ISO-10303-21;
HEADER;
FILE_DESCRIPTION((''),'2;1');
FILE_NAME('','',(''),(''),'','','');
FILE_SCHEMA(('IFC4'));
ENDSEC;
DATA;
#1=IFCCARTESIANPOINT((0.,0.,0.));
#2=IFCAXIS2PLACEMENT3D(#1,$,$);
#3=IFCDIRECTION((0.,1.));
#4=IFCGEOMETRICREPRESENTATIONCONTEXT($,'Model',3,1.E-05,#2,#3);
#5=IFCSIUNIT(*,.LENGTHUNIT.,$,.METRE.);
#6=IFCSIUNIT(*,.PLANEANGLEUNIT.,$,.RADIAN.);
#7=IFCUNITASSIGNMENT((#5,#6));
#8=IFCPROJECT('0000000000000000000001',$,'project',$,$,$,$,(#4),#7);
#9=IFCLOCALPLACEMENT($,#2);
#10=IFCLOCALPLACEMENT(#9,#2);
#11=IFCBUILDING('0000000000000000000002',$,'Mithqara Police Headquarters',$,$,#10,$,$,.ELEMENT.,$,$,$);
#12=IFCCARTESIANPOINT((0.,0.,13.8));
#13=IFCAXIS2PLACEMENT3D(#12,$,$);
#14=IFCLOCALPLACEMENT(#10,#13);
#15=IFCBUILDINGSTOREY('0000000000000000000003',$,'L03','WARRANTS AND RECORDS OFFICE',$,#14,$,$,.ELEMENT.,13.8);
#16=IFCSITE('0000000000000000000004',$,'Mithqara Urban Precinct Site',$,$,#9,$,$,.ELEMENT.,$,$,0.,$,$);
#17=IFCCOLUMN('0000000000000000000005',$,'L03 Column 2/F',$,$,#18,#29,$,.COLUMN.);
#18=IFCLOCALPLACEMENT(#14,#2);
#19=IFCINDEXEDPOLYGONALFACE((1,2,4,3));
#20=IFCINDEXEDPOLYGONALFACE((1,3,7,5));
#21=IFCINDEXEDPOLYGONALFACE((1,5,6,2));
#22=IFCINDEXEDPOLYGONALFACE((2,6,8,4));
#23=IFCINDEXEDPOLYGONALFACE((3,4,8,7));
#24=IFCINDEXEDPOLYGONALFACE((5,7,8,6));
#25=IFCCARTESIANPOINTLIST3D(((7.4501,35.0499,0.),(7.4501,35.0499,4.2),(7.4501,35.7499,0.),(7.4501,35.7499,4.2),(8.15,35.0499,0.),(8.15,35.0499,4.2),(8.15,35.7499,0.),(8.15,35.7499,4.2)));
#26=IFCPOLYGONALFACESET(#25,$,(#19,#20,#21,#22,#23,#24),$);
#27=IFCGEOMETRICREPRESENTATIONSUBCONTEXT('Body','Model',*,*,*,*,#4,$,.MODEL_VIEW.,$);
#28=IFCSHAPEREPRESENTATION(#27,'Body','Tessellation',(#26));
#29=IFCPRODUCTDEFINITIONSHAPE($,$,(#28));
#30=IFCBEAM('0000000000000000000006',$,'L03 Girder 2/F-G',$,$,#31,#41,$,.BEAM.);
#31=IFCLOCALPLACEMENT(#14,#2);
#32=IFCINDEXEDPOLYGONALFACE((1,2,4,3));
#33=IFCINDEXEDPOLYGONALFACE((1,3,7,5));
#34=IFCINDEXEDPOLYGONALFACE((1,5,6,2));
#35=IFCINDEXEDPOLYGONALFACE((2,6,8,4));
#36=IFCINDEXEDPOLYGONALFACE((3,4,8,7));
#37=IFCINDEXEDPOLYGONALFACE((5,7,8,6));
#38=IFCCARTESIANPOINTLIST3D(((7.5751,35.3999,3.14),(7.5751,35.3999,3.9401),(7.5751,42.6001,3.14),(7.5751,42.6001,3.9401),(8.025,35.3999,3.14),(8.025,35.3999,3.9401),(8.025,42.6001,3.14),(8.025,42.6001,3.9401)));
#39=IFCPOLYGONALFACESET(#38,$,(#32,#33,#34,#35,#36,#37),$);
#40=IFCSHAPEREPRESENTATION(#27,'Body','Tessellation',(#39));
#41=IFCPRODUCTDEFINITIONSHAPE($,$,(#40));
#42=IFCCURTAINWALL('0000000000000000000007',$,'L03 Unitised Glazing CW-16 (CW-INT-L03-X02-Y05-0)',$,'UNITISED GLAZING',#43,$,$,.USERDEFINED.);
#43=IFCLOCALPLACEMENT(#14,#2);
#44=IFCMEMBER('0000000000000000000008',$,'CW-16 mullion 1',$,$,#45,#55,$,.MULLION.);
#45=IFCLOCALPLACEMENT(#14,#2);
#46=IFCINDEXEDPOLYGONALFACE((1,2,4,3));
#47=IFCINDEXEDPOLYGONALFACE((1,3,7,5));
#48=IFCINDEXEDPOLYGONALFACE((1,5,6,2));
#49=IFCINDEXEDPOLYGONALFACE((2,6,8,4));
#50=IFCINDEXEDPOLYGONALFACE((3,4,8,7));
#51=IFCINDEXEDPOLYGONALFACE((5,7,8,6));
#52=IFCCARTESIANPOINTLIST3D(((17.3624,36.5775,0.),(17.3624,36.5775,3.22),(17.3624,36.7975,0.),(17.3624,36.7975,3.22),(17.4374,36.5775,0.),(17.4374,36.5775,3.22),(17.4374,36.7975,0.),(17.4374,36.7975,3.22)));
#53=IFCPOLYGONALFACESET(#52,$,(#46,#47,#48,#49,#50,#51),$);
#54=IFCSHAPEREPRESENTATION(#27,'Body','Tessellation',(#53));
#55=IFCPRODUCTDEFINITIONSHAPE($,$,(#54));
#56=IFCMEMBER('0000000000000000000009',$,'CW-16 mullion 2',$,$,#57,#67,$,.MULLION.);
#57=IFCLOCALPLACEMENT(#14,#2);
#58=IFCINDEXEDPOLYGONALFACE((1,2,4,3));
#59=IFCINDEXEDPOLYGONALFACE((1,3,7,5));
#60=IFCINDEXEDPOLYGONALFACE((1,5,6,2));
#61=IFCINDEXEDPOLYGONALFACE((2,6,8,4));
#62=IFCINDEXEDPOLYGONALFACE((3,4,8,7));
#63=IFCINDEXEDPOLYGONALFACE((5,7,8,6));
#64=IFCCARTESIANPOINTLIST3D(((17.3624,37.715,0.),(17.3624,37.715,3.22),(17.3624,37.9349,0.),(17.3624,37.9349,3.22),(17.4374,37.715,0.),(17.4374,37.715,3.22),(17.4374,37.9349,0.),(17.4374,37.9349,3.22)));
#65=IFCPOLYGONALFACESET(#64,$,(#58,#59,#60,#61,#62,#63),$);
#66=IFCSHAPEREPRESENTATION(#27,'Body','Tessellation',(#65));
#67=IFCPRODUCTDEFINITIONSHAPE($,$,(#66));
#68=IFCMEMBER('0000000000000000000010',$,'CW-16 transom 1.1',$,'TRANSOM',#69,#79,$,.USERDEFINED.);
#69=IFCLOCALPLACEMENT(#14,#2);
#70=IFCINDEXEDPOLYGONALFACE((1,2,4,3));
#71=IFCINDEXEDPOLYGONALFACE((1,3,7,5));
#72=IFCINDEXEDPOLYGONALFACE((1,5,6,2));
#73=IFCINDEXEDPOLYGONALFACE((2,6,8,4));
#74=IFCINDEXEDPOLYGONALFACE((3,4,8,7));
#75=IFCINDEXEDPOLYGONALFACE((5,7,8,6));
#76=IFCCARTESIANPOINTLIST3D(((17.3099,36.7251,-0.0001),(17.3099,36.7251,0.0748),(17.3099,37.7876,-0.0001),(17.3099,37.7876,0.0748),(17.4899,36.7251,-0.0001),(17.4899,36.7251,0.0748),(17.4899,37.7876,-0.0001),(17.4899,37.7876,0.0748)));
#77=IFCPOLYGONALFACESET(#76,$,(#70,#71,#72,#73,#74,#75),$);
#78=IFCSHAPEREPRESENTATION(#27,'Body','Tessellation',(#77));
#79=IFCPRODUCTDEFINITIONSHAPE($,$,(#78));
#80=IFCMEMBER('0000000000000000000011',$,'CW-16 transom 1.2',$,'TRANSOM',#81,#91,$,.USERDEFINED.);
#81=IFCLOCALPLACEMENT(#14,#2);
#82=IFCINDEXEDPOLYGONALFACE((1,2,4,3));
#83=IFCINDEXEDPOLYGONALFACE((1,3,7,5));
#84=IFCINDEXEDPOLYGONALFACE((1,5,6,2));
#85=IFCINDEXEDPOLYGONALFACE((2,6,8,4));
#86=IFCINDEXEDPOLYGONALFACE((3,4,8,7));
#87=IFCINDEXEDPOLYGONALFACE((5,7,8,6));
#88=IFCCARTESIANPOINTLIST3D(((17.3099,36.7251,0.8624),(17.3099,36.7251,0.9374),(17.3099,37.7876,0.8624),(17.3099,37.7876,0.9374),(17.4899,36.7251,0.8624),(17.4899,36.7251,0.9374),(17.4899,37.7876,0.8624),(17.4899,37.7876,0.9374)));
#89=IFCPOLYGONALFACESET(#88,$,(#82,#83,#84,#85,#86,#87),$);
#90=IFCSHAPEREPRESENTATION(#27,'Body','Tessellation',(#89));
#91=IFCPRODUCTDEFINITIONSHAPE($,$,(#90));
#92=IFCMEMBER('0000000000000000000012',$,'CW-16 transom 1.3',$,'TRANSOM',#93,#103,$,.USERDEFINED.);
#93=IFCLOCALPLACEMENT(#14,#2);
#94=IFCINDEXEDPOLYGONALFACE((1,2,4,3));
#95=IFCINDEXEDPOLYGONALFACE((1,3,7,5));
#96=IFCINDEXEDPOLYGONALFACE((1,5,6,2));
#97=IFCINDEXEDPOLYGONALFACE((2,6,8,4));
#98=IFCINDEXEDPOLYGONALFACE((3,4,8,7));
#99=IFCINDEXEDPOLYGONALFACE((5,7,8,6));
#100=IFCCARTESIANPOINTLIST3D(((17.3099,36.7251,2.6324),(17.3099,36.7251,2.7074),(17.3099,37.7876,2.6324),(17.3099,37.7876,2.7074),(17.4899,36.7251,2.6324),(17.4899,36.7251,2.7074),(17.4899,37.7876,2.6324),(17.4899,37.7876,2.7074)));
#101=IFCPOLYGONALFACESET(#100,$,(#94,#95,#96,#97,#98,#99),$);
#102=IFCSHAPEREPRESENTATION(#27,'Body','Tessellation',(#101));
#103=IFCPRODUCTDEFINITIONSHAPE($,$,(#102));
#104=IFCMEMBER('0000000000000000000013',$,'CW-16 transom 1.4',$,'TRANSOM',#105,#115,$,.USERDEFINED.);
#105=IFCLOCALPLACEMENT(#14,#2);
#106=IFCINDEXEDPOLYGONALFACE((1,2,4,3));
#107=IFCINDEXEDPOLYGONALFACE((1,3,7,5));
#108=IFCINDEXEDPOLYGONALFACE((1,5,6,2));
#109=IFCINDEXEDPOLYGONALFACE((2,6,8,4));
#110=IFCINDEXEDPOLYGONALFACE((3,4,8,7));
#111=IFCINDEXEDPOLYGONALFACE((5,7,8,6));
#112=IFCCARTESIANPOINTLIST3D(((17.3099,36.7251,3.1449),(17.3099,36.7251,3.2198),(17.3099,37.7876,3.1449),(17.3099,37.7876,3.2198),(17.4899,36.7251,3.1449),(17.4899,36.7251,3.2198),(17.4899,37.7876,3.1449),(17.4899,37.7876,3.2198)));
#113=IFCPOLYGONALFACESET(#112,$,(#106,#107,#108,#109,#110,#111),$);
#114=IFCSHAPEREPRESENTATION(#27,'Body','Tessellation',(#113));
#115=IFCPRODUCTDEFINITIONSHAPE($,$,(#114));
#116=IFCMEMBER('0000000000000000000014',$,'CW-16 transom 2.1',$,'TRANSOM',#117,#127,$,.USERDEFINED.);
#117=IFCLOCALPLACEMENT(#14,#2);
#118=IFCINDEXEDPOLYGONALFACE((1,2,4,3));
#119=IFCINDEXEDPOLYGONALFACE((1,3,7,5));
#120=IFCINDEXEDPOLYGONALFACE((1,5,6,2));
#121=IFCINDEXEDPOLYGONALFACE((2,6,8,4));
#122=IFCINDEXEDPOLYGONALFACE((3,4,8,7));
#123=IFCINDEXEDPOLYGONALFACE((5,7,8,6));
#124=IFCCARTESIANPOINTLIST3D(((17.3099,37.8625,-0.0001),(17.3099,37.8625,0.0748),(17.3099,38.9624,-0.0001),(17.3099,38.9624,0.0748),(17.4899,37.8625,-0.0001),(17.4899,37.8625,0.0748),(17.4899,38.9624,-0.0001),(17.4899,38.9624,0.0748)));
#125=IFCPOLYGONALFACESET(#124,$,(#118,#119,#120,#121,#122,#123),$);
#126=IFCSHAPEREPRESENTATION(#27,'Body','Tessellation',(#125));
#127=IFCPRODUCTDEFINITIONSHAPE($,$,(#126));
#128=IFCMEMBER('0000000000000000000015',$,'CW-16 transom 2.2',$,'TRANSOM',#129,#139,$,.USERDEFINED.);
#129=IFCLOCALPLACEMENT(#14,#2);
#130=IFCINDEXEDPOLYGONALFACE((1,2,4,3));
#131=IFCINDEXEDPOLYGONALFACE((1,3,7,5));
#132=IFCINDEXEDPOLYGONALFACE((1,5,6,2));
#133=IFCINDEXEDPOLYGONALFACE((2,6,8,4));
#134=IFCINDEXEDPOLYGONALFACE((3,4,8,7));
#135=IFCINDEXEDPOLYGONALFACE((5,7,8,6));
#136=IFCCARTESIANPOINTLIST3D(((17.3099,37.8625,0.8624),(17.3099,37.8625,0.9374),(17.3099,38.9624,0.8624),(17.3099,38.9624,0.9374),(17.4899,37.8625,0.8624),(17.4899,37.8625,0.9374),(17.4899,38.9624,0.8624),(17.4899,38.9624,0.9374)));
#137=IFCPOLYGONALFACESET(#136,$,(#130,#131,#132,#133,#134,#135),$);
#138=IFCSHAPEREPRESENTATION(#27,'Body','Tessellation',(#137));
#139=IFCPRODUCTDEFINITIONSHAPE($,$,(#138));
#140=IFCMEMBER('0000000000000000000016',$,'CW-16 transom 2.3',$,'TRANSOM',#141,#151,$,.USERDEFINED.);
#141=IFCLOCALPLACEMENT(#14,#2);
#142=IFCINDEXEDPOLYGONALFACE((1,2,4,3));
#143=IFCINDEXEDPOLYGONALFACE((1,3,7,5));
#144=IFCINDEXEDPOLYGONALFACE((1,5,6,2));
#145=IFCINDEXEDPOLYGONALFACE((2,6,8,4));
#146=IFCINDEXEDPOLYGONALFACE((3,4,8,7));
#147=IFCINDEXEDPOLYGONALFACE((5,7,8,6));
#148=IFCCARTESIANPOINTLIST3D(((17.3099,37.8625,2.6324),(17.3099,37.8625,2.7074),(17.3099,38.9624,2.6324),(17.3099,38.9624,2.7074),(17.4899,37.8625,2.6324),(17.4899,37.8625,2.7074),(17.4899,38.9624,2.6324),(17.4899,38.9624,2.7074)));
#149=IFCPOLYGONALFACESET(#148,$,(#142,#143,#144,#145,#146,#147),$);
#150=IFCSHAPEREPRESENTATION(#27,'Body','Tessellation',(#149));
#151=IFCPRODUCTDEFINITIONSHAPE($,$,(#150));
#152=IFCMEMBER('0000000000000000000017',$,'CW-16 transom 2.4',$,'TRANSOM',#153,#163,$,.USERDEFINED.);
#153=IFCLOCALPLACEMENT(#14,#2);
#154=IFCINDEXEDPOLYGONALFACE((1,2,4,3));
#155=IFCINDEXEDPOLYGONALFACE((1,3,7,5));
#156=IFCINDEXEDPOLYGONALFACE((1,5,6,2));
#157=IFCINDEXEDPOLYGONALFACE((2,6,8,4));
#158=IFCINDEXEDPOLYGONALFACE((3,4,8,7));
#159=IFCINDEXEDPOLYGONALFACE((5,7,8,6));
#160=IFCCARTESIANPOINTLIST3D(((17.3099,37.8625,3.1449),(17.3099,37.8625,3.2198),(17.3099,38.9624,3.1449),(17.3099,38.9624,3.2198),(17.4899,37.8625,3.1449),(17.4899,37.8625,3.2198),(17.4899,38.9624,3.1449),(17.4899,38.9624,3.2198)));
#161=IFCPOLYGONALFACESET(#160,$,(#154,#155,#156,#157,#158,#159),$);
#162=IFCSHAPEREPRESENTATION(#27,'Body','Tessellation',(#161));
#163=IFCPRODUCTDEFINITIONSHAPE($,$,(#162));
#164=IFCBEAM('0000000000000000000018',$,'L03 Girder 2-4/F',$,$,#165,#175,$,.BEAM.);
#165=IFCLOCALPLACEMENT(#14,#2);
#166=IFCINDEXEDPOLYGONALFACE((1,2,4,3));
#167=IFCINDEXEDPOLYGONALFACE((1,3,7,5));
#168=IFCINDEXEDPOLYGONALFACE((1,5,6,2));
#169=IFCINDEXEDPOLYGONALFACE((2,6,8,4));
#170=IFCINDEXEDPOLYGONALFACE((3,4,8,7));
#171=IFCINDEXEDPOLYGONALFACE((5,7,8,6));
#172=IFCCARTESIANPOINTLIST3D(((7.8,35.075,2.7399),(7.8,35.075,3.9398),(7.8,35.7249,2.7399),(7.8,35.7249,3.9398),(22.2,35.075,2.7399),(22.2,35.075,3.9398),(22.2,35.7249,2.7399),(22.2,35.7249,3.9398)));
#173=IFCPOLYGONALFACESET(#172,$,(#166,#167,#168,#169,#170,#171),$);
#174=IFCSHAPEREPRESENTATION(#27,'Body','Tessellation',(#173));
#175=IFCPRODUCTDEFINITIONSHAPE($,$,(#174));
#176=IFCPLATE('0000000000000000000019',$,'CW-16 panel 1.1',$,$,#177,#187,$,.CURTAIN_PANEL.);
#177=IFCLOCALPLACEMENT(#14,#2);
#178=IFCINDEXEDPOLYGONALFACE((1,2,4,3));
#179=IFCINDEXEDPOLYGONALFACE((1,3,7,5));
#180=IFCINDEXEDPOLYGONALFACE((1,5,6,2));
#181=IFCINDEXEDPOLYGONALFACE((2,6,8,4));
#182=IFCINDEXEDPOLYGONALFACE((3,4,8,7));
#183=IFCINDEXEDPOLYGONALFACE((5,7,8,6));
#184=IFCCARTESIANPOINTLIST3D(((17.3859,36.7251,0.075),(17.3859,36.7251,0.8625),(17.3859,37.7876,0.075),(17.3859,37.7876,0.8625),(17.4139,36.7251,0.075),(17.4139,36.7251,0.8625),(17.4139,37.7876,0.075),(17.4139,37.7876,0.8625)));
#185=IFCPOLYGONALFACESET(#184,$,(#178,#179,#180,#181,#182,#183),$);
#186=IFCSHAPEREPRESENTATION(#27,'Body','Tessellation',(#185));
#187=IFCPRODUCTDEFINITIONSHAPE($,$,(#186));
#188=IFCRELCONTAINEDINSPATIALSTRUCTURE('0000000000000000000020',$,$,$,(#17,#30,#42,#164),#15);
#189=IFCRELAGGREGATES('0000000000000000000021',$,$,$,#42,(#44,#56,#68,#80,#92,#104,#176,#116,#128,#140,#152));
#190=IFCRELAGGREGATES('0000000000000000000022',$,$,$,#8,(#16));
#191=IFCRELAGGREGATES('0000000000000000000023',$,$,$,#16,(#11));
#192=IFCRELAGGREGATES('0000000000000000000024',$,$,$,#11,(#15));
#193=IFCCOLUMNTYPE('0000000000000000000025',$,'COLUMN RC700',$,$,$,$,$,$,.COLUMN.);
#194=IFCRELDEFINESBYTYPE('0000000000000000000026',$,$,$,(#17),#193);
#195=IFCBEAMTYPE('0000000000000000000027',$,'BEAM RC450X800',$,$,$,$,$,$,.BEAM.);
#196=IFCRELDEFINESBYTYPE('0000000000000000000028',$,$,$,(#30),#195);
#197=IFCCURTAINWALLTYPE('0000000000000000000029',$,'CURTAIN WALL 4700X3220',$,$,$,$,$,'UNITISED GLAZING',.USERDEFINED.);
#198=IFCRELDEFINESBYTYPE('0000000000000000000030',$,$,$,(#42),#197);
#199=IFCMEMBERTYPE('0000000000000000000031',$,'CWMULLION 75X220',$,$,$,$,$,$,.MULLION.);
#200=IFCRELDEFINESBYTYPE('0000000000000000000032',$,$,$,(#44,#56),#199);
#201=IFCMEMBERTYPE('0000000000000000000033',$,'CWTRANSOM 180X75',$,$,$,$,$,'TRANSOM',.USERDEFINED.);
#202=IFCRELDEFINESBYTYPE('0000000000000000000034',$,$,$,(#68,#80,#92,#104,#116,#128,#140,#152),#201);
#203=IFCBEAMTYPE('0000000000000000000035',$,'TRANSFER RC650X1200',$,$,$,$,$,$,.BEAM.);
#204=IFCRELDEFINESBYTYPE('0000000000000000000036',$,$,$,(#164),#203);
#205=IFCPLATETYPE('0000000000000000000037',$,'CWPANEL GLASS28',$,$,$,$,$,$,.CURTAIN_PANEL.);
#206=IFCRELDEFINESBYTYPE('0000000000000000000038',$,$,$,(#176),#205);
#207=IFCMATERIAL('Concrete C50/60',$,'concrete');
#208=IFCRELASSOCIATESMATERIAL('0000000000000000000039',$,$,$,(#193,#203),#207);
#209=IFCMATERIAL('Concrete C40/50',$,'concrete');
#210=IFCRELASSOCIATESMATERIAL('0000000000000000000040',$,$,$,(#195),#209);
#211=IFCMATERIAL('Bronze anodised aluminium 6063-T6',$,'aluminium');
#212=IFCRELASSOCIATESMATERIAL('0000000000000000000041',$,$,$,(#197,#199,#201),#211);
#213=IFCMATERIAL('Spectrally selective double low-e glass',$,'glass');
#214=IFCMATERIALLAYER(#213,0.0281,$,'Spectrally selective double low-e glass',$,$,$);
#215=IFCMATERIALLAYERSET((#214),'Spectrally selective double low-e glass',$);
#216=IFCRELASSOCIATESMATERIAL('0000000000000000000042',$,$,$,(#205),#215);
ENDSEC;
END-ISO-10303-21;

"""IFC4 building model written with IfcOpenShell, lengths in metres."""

from ifc_helpers import new_model, si_unit, direction, frame, origin, origin_2d, place, context, subcontext, project, spatial, rectangle, extrude, material, layer, layer_set, material_profile, profile_set, type_object, element, aggregate, save


model = new_model("IFC4")

# Units and contexts
model_context = context("Model", 3, precision=1e-05, world=origin(), true_north=direction((0.0, 1.0)))
body_context = subcontext(model_context, "Body", "Model", "MODEL_VIEW")
ifc_project = project(units=[si_unit("LENGTHUNIT", "METRE"), si_unit("PLANEANGLEUNIT", "RADIAN")], contexts=[model_context])

# Site, building, storey
site_placement = place(None, origin())
site = spatial("IfcSite", under=ifc_project, at=site_placement, Name="Mithqara Urban Precinct Site", CompositionType="ELEMENT", RefElevation=0.0)
building_placement = place(site_placement, origin())
building = spatial("IfcBuilding", under=site, at=building_placement, Name="Mithqara Police Headquarters", CompositionType="ELEMENT")
storey_placement = place(building_placement, frame((0.0, 0.0, 13.8)))
storey = spatial("IfcBuildingStorey", under=building, at=storey_placement, Name="L03", Description="WARRANTS AND RECORDS OFFICE", CompositionType="ELEMENT", Elevation=13.8)

# Column
ifc_material_1 = material(Name="Concrete C50/60", Category="concrete")
ifc_material_profile_1 = material_profile(ifc_material_1, rectangle(XDim=0.7, YDim=0.7, at=origin_2d()), Name="RC 700x700")
ifc_profile_set_1 = profile_set([ifc_material_profile_1], Name="Concrete C50/60")
column_type = type_object("IfcColumnType", Name="COLUMN RC700", PredefinedType="COLUMN", material=ifc_profile_set_1)
column_placement = place(storey_placement, frame((7.8, 35.3999, 0.0), z_axis=(0.0, 0.0, 1.0), x_axis=(1.0, 0.0, 0.0)))
element("IfcColumn", 1, at=column_placement, inside=storey, type_object=column_type, Name="L03 Column 2/F", PredefinedType="COLUMN", context=body_context, shape_type="SweptSolid", body=[
    extrude(rectangle(XDim=0.7, YDim=0.7, at=origin_2d()), origin(), (0.0, 0.0, 1.0), 4.2),
])

# Beam
ifc_material_2 = material(Name="Concrete C40/50", Category="concrete")
ifc_material_profile_2 = material_profile(ifc_material_2, rectangle(XDim=0.45, YDim=0.8, at=origin_2d()), Name="RC 450x800")
ifc_profile_set_2 = profile_set([ifc_material_profile_2], Name="Concrete C40/50")
beam_type_1 = type_object("IfcBeamType", Name="BEAM RC450X800", PredefinedType="BEAM", material=ifc_profile_set_2)
beam_1_placement = place(storey_placement, frame((7.8, 35.3999, 3.54), z_axis=(0.0, 1.0, 0.0), x_axis=(-1.0, 0.0, 0.0)))
element("IfcBeam", 2, at=beam_1_placement, inside=storey, type_object=beam_type_1, Name="L03 Girder 2/F-G", PredefinedType="BEAM", context=body_context, shape_type="SweptSolid", body=[
    extrude(rectangle(XDim=0.45, YDim=0.8, at=origin_2d()), origin(), (0.0, 0.0, 1.0), 7.2002),
])

# Curtain wall, members
ifc_material_3 = material(Name="Bronze anodised aluminium 6063-T6", Category="aluminium")
curtain_wall_type = type_object("IfcCurtainWallType", Name="CURTAIN WALL 4700X3220", ElementType="UNITISED GLAZING", PredefinedType="USERDEFINED", material=ifc_material_3)
curtain_wall_placement = place(storey_placement, origin())
curtain_wall = element("IfcCurtainWall", 3, at=curtain_wall_placement, inside=storey, type_object=curtain_wall_type, Name="L03 Unitised Glazing CW-16 (CW-INT-L03-X02-Y05-0)", ObjectType="UNITISED GLAZING", PredefinedType="USERDEFINED")
ifc_material_profile_3 = material_profile(ifc_material_3, rectangle(XDim=0.075, YDim=0.22, at=origin_2d()), Name="CWM 75x220")
ifc_profile_set_3 = profile_set([ifc_material_profile_3], Name="Bronze anodised aluminium 6063-T6")
member_type_1 = type_object("IfcMemberType", Name="CWMULLION 75X220", PredefinedType="MULLION", material=ifc_profile_set_3)
member_1_placement = place(storey_placement, frame((17.3999, 36.6875, 0.0), z_axis=(0.0, 0.0, 1.0), x_axis=(-1.0, 0.0, 0.0)))
member_1 = element("IfcMember", 4, at=member_1_placement, type_object=member_type_1, Name="CW-16 mullion 1", PredefinedType="MULLION", context=body_context, shape_type="SweptSolid", body=[
    extrude(rectangle(XDim=0.075, YDim=0.22, at=origin_2d()), origin(), (0.0, 0.0, 1.0), 3.22),
])
member_2_placement = place(storey_placement, frame((17.3999, 37.825, 0.0), z_axis=(0.0, 0.0, 1.0), x_axis=(-1.0, 0.0, 0.0)))
member_2 = element("IfcMember", 5, at=member_2_placement, type_object=member_type_1, Name="CW-16 mullion 2", PredefinedType="MULLION", context=body_context, shape_type="SweptSolid", body=[
    extrude(rectangle(XDim=0.075, YDim=0.22, at=origin_2d()), origin(), (0.0, 0.0, 1.0), 3.22),
])
ifc_material_profile_4 = material_profile(ifc_material_3, rectangle(XDim=0.1799, YDim=0.075, at=origin_2d()), Name="CWT 180x75")
ifc_profile_set_4 = profile_set([ifc_material_profile_4], Name="Bronze anodised aluminium 6063-T6")
member_type_2 = type_object("IfcMemberType", Name="CWTRANSOM 180X75", ElementType="TRANSOM", PredefinedType="USERDEFINED", material=ifc_profile_set_4)
member_3_placement = place(storey_placement, frame((17.3999, 36.7251, 0.0374), z_axis=(0.0, 1.0, 0.0), x_axis=(-1.0, 0.0, 0.0)))
member_3 = element("IfcMember", 6, at=member_3_placement, type_object=member_type_2, Name="CW-16 transom 1.1", ObjectType="TRANSOM", PredefinedType="USERDEFINED", context=body_context, shape_type="SweptSolid", body=[
    extrude(rectangle(XDim=0.1799, YDim=0.075, at=origin_2d()), origin(), (0.0, 0.0, 1.0), 1.0625),
])
member_4_placement = place(storey_placement, frame((17.3999, 36.7251, 0.8999), z_axis=(0.0, 1.0, 0.0), x_axis=(-1.0, 0.0, 0.0)))
member_4 = element("IfcMember", 7, at=member_4_placement, type_object=member_type_2, Name="CW-16 transom 1.2", ObjectType="TRANSOM", PredefinedType="USERDEFINED", context=body_context, shape_type="SweptSolid", body=[
    extrude(rectangle(XDim=0.1799, YDim=0.075, at=origin_2d()), origin(), (0.0, 0.0, 1.0), 1.0625),
])
member_5_placement = place(storey_placement, frame((17.3999, 36.7251, 2.6699), z_axis=(0.0, 1.0, 0.0), x_axis=(-1.0, 0.0, 0.0)))
member_5 = element("IfcMember", 8, at=member_5_placement, type_object=member_type_2, Name="CW-16 transom 1.3", ObjectType="TRANSOM", PredefinedType="USERDEFINED", context=body_context, shape_type="SweptSolid", body=[
    extrude(rectangle(XDim=0.1799, YDim=0.075, at=origin_2d()), origin(), (0.0, 0.0, 1.0), 1.0625),
])
member_6_placement = place(storey_placement, frame((17.3999, 36.7251, 3.1824), z_axis=(0.0, 1.0, 0.0), x_axis=(-1.0, 0.0, 0.0)))
member_6 = element("IfcMember", 9, at=member_6_placement, type_object=member_type_2, Name="CW-16 transom 1.4", ObjectType="TRANSOM", PredefinedType="USERDEFINED", context=body_context, shape_type="SweptSolid", body=[
    extrude(rectangle(XDim=0.1799, YDim=0.075, at=origin_2d()), origin(), (0.0, 0.0, 1.0), 1.0625),
])
member_7_placement = place(storey_placement, frame((17.3999, 37.8625, 0.0374), z_axis=(0.0, 1.0, 0.0), x_axis=(-1.0, 0.0, 0.0)))
member_7 = element("IfcMember", 10, at=member_7_placement, type_object=member_type_2, Name="CW-16 transom 2.1", ObjectType="TRANSOM", PredefinedType="USERDEFINED", context=body_context, shape_type="SweptSolid", body=[
    extrude(rectangle(XDim=0.1799, YDim=0.075, at=origin_2d()), origin(), (0.0, 0.0, 1.0), 1.0999),
])
member_8_placement = place(storey_placement, frame((17.3999, 37.8625, 0.8999), z_axis=(0.0, 1.0, 0.0), x_axis=(-1.0, 0.0, 0.0)))
member_8 = element("IfcMember", 11, at=member_8_placement, type_object=member_type_2, Name="CW-16 transom 2.2", ObjectType="TRANSOM", PredefinedType="USERDEFINED", context=body_context, shape_type="SweptSolid", body=[
    extrude(rectangle(XDim=0.1799, YDim=0.075, at=origin_2d()), origin(), (0.0, 0.0, 1.0), 1.0999),
])
member_9_placement = place(storey_placement, frame((17.3999, 37.8625, 2.6699), z_axis=(0.0, 1.0, 0.0), x_axis=(-1.0, 0.0, 0.0)))
member_9 = element("IfcMember", 12, at=member_9_placement, type_object=member_type_2, Name="CW-16 transom 2.3", ObjectType="TRANSOM", PredefinedType="USERDEFINED", context=body_context, shape_type="SweptSolid", body=[
    extrude(rectangle(XDim=0.1799, YDim=0.075, at=origin_2d()), origin(), (0.0, 0.0, 1.0), 1.0999),
])
member_10_placement = place(storey_placement, frame((17.3999, 37.8625, 3.1824), z_axis=(0.0, 1.0, 0.0), x_axis=(-1.0, 0.0, 0.0)))
member_10 = element("IfcMember", 13, at=member_10_placement, type_object=member_type_2, Name="CW-16 transom 2.4", ObjectType="TRANSOM", PredefinedType="USERDEFINED", context=body_context, shape_type="SweptSolid", body=[
    extrude(rectangle(XDim=0.1799, YDim=0.075, at=origin_2d()), origin(), (0.0, 0.0, 1.0), 1.0999),
])

# Beam
ifc_material_profile_5 = material_profile(ifc_material_1, rectangle(XDim=0.6499, YDim=1.2, at=origin_2d()), Name="RC 650x1200")
ifc_profile_set_5 = profile_set([ifc_material_profile_5], Name="Concrete C50/60")
beam_type_2 = type_object("IfcBeamType", Name="TRANSFER RC650X1200", PredefinedType="BEAM", material=ifc_profile_set_5)
beam_2_placement = place(storey_placement, frame((7.8, 35.3999, 3.3398), z_axis=(1.0, 0.0, 0.0), x_axis=(0.0, 1.0, 0.0)))
element("IfcBeam", 14, at=beam_2_placement, inside=storey, type_object=beam_type_2, Name="L03 Girder 2-4/F", PredefinedType="BEAM", context=body_context, shape_type="SweptSolid", body=[
    extrude(rectangle(XDim=0.6499, YDim=1.2, at=origin_2d()), origin(), (0.0, 0.0, 1.0), 14.3999),
])

# Plate
ifc_material_4 = material(Name="Spectrally selective double low-e glass", Category="glass")
ifc_layer_1 = layer(ifc_material_4, 0.0281, Name="Spectrally selective double low-e glass")
ifc_layer_set_1 = layer_set([ifc_layer_1], Name="Spectrally selective double low-e glass")
plate_type = type_object("IfcPlateType", Name="CWPANEL GLASS28", PredefinedType="CURTAIN_PANEL", material=ifc_layer_set_1)
plate_1_placement = place(storey_placement, frame((17.3999, 37.2563, 0.075), z_axis=(0.0, 0.0, 1.0), x_axis=(0.0, 1.0, 0.0)))
plate_1 = element("IfcPlate", 15, at=plate_1_placement, type_object=plate_type, Name="CW-16 panel 1.1", PredefinedType="CURTAIN_PANEL", context=body_context, shape_type="SweptSolid", body=[
    extrude(rectangle(XDim=1.0625, YDim=0.0281, at=origin_2d()), origin(), (0.0, 0.0, 1.0), 0.7876),
])
aggregate(curtain_wall, [member_1, member_2, member_3, member_4, member_5, member_6, plate_1, member_7, member_8, member_9, member_10])

save(model, "model.ifc")
